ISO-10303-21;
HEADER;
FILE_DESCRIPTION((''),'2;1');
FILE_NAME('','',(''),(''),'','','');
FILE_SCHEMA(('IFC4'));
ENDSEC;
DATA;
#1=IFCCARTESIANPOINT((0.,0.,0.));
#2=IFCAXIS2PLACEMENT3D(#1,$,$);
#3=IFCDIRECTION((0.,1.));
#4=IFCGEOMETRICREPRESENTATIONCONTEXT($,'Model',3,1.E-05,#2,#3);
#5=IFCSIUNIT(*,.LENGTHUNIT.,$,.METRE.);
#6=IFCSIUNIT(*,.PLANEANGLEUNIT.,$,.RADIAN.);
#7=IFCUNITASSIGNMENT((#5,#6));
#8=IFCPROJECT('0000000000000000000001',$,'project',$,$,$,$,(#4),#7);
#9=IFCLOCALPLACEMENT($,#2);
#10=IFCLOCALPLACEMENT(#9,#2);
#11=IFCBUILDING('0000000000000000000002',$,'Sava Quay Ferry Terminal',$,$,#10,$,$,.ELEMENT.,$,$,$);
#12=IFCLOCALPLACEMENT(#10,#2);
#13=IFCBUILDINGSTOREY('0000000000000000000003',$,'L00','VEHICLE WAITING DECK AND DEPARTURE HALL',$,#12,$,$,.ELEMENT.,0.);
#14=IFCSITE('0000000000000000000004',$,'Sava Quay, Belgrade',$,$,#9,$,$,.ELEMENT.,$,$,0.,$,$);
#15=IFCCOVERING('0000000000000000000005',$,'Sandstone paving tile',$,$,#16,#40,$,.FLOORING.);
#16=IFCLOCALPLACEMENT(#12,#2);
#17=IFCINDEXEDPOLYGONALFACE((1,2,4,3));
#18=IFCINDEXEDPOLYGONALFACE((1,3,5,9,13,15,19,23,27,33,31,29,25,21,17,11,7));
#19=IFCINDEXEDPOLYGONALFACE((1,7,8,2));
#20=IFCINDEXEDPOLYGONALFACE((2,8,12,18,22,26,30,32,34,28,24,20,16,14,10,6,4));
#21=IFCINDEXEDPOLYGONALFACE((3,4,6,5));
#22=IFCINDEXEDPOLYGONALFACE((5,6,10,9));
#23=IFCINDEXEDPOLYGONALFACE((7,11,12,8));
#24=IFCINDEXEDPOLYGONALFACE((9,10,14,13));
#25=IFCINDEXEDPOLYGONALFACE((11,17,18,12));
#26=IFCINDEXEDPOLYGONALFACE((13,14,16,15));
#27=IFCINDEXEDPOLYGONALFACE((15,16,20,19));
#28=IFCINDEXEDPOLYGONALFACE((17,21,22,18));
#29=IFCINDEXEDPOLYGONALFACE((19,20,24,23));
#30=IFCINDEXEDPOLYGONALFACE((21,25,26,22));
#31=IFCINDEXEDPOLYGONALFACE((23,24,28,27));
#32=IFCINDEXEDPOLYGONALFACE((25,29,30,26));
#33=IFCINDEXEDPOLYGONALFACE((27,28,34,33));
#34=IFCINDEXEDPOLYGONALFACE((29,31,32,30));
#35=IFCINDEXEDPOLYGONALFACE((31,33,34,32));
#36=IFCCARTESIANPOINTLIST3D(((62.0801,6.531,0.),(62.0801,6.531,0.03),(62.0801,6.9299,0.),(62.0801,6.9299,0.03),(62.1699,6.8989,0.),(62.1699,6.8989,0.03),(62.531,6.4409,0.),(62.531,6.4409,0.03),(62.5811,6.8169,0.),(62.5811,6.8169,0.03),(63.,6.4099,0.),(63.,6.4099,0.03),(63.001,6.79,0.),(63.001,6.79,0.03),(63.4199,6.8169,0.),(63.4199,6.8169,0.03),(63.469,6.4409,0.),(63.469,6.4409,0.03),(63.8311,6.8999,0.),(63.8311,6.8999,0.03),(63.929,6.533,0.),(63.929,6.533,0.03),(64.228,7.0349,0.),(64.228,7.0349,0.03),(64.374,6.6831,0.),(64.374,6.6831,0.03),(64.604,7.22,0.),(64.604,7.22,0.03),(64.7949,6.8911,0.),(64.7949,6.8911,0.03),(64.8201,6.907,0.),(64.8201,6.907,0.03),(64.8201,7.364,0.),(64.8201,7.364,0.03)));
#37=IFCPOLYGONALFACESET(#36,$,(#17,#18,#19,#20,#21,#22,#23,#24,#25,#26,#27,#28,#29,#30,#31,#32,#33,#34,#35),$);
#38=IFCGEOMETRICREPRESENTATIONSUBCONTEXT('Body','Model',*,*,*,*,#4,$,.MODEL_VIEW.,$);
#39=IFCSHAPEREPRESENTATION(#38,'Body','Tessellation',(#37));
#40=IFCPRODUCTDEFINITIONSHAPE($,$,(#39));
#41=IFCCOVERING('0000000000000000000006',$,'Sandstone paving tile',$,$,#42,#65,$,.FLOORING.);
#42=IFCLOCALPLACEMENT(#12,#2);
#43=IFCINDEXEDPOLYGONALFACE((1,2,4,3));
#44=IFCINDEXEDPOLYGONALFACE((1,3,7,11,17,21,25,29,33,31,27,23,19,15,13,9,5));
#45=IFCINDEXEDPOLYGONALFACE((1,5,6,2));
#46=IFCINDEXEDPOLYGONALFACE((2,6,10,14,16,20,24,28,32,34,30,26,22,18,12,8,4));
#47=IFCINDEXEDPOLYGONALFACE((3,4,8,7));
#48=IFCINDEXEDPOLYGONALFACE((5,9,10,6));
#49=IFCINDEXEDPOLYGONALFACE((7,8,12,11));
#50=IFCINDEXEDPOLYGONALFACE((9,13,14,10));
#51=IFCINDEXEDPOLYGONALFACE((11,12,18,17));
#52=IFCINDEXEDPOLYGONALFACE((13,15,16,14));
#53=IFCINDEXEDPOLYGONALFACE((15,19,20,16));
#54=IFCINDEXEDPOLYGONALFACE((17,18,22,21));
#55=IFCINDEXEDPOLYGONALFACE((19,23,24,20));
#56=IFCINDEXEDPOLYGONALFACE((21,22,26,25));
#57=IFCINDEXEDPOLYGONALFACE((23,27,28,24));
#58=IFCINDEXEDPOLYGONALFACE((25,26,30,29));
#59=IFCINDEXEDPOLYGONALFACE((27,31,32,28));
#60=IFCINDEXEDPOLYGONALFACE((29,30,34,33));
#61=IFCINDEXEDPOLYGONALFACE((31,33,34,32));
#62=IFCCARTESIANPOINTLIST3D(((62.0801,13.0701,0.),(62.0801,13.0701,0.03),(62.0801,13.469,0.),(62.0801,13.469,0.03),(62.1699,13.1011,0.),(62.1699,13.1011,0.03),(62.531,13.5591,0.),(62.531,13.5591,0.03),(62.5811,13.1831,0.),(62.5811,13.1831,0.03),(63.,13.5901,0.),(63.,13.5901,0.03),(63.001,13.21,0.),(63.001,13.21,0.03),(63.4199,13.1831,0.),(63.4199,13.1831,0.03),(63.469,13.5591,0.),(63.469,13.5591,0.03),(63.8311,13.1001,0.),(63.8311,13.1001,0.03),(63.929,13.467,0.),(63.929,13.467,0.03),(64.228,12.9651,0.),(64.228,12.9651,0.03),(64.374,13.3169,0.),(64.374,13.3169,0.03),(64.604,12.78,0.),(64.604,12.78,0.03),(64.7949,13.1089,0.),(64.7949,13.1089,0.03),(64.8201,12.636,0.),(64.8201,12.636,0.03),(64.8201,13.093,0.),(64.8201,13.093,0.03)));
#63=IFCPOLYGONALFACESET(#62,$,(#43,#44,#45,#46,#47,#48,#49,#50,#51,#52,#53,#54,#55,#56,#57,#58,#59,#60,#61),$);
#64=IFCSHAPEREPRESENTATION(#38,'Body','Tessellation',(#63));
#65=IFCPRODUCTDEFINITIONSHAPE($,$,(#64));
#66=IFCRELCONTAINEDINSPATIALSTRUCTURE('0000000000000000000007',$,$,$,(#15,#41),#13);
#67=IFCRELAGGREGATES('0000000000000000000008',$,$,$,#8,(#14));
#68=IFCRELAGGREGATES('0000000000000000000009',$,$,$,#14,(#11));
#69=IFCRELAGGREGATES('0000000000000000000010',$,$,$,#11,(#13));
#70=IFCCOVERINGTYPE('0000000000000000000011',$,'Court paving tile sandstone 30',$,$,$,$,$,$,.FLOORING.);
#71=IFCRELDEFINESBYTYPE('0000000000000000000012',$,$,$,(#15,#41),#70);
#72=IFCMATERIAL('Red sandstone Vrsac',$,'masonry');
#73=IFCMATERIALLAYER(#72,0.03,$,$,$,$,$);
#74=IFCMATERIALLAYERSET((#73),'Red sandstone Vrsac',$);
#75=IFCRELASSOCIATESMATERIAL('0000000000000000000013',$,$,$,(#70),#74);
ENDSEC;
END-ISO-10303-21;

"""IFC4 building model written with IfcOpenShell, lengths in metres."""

from ifc_helpers import new_model, si_unit, direction, origin, place, context, subcontext, project, spatial, polyline, outline, extrude, material, layer, layer_set, type_object, element, save


model = new_model("IFC4")

# Units and contexts
model_context = context("Model", 3, precision=1e-05, world=origin(), true_north=direction((0.0, 1.0)))
body_context = subcontext(model_context, "Body", "Model", "MODEL_VIEW")
ifc_project = project(units=[si_unit("LENGTHUNIT", "METRE"), si_unit("PLANEANGLEUNIT", "RADIAN")], contexts=[model_context])

# Site, building, storey
site_placement = place(None, origin())
site = spatial("IfcSite", under=ifc_project, at=site_placement, Name="Sava Quay, Belgrade", CompositionType="ELEMENT", RefElevation=0.0)
building_placement = place(site_placement, origin())
building = spatial("IfcBuilding", under=site, at=building_placement, Name="Sava Quay Ferry Terminal", CompositionType="ELEMENT")
storey_placement = place(building_placement, origin())
storey = spatial("IfcBuildingStorey", under=building, at=storey_placement, Name="L00", Description="VEHICLE WAITING DECK AND DEPARTURE HALL", CompositionType="ELEMENT", Elevation=0.0)

# Coverings
ifc_material_1 = material(Name="Red sandstone Vrsac", Category="masonry")
ifc_layer_1 = layer(ifc_material_1, 0.03)
ifc_layer_set_1 = layer_set([ifc_layer_1], Name="Red sandstone Vrsac")
covering_type_1 = type_object("IfcCoveringType", Name="Court paving tile sandstone 30", PredefinedType="FLOORING", material=ifc_layer_set_1)
covering_1_placement = place(storey_placement, origin())
element("IfcCovering", 1, at=covering_1_placement, inside=storey, type_object=covering_type_1, Name="Sandstone paving tile", PredefinedType="FLOORING", context=body_context, shape_type="SweptSolid", body=[
    extrude(outline(polyline([(64.8201, 6.907), (64.8201, 7.364), (64.604, 7.22), (64.228, 7.0349), (63.8311, 6.8999), (63.4199, 6.8169), (63.001, 6.79), (62.5811, 6.8169), (62.1699, 6.8989), (62.0801, 6.9299), (62.0801, 6.531), (62.531, 6.4409), (63.0, 6.4099), (63.469, 6.4409), (63.929, 6.533), (64.374, 6.6831), (64.7949, 6.8911), (64.8201, 6.907)])), origin(), (0.0, 0.0, 1.0), 0.03),
])
covering_2_placement = place(storey_placement, origin())
element("IfcCovering", 2, at=covering_2_placement, inside=storey, type_object=covering_type_1, Name="Sandstone paving tile", PredefinedType="FLOORING", context=body_context, shape_type="SweptSolid", body=[
    extrude(outline(polyline([(64.8201, 12.636), (64.8201, 13.093), (64.7949, 13.1089), (64.374, 13.3169), (63.929, 13.467), (63.469, 13.5591), (63.0, 13.5901), (62.531, 13.5591), (62.0801, 13.469), (62.0801, 13.0701), (62.1699, 13.1011), (62.5811, 13.1831), (63.001, 13.21), (63.4199, 13.1831), (63.8311, 13.1001), (64.228, 12.9651), (64.604, 12.78), (64.8201, 12.636)])), origin(), (0.0, 0.0, 1.0), 0.03),
])

save(model, "model.ifc")
